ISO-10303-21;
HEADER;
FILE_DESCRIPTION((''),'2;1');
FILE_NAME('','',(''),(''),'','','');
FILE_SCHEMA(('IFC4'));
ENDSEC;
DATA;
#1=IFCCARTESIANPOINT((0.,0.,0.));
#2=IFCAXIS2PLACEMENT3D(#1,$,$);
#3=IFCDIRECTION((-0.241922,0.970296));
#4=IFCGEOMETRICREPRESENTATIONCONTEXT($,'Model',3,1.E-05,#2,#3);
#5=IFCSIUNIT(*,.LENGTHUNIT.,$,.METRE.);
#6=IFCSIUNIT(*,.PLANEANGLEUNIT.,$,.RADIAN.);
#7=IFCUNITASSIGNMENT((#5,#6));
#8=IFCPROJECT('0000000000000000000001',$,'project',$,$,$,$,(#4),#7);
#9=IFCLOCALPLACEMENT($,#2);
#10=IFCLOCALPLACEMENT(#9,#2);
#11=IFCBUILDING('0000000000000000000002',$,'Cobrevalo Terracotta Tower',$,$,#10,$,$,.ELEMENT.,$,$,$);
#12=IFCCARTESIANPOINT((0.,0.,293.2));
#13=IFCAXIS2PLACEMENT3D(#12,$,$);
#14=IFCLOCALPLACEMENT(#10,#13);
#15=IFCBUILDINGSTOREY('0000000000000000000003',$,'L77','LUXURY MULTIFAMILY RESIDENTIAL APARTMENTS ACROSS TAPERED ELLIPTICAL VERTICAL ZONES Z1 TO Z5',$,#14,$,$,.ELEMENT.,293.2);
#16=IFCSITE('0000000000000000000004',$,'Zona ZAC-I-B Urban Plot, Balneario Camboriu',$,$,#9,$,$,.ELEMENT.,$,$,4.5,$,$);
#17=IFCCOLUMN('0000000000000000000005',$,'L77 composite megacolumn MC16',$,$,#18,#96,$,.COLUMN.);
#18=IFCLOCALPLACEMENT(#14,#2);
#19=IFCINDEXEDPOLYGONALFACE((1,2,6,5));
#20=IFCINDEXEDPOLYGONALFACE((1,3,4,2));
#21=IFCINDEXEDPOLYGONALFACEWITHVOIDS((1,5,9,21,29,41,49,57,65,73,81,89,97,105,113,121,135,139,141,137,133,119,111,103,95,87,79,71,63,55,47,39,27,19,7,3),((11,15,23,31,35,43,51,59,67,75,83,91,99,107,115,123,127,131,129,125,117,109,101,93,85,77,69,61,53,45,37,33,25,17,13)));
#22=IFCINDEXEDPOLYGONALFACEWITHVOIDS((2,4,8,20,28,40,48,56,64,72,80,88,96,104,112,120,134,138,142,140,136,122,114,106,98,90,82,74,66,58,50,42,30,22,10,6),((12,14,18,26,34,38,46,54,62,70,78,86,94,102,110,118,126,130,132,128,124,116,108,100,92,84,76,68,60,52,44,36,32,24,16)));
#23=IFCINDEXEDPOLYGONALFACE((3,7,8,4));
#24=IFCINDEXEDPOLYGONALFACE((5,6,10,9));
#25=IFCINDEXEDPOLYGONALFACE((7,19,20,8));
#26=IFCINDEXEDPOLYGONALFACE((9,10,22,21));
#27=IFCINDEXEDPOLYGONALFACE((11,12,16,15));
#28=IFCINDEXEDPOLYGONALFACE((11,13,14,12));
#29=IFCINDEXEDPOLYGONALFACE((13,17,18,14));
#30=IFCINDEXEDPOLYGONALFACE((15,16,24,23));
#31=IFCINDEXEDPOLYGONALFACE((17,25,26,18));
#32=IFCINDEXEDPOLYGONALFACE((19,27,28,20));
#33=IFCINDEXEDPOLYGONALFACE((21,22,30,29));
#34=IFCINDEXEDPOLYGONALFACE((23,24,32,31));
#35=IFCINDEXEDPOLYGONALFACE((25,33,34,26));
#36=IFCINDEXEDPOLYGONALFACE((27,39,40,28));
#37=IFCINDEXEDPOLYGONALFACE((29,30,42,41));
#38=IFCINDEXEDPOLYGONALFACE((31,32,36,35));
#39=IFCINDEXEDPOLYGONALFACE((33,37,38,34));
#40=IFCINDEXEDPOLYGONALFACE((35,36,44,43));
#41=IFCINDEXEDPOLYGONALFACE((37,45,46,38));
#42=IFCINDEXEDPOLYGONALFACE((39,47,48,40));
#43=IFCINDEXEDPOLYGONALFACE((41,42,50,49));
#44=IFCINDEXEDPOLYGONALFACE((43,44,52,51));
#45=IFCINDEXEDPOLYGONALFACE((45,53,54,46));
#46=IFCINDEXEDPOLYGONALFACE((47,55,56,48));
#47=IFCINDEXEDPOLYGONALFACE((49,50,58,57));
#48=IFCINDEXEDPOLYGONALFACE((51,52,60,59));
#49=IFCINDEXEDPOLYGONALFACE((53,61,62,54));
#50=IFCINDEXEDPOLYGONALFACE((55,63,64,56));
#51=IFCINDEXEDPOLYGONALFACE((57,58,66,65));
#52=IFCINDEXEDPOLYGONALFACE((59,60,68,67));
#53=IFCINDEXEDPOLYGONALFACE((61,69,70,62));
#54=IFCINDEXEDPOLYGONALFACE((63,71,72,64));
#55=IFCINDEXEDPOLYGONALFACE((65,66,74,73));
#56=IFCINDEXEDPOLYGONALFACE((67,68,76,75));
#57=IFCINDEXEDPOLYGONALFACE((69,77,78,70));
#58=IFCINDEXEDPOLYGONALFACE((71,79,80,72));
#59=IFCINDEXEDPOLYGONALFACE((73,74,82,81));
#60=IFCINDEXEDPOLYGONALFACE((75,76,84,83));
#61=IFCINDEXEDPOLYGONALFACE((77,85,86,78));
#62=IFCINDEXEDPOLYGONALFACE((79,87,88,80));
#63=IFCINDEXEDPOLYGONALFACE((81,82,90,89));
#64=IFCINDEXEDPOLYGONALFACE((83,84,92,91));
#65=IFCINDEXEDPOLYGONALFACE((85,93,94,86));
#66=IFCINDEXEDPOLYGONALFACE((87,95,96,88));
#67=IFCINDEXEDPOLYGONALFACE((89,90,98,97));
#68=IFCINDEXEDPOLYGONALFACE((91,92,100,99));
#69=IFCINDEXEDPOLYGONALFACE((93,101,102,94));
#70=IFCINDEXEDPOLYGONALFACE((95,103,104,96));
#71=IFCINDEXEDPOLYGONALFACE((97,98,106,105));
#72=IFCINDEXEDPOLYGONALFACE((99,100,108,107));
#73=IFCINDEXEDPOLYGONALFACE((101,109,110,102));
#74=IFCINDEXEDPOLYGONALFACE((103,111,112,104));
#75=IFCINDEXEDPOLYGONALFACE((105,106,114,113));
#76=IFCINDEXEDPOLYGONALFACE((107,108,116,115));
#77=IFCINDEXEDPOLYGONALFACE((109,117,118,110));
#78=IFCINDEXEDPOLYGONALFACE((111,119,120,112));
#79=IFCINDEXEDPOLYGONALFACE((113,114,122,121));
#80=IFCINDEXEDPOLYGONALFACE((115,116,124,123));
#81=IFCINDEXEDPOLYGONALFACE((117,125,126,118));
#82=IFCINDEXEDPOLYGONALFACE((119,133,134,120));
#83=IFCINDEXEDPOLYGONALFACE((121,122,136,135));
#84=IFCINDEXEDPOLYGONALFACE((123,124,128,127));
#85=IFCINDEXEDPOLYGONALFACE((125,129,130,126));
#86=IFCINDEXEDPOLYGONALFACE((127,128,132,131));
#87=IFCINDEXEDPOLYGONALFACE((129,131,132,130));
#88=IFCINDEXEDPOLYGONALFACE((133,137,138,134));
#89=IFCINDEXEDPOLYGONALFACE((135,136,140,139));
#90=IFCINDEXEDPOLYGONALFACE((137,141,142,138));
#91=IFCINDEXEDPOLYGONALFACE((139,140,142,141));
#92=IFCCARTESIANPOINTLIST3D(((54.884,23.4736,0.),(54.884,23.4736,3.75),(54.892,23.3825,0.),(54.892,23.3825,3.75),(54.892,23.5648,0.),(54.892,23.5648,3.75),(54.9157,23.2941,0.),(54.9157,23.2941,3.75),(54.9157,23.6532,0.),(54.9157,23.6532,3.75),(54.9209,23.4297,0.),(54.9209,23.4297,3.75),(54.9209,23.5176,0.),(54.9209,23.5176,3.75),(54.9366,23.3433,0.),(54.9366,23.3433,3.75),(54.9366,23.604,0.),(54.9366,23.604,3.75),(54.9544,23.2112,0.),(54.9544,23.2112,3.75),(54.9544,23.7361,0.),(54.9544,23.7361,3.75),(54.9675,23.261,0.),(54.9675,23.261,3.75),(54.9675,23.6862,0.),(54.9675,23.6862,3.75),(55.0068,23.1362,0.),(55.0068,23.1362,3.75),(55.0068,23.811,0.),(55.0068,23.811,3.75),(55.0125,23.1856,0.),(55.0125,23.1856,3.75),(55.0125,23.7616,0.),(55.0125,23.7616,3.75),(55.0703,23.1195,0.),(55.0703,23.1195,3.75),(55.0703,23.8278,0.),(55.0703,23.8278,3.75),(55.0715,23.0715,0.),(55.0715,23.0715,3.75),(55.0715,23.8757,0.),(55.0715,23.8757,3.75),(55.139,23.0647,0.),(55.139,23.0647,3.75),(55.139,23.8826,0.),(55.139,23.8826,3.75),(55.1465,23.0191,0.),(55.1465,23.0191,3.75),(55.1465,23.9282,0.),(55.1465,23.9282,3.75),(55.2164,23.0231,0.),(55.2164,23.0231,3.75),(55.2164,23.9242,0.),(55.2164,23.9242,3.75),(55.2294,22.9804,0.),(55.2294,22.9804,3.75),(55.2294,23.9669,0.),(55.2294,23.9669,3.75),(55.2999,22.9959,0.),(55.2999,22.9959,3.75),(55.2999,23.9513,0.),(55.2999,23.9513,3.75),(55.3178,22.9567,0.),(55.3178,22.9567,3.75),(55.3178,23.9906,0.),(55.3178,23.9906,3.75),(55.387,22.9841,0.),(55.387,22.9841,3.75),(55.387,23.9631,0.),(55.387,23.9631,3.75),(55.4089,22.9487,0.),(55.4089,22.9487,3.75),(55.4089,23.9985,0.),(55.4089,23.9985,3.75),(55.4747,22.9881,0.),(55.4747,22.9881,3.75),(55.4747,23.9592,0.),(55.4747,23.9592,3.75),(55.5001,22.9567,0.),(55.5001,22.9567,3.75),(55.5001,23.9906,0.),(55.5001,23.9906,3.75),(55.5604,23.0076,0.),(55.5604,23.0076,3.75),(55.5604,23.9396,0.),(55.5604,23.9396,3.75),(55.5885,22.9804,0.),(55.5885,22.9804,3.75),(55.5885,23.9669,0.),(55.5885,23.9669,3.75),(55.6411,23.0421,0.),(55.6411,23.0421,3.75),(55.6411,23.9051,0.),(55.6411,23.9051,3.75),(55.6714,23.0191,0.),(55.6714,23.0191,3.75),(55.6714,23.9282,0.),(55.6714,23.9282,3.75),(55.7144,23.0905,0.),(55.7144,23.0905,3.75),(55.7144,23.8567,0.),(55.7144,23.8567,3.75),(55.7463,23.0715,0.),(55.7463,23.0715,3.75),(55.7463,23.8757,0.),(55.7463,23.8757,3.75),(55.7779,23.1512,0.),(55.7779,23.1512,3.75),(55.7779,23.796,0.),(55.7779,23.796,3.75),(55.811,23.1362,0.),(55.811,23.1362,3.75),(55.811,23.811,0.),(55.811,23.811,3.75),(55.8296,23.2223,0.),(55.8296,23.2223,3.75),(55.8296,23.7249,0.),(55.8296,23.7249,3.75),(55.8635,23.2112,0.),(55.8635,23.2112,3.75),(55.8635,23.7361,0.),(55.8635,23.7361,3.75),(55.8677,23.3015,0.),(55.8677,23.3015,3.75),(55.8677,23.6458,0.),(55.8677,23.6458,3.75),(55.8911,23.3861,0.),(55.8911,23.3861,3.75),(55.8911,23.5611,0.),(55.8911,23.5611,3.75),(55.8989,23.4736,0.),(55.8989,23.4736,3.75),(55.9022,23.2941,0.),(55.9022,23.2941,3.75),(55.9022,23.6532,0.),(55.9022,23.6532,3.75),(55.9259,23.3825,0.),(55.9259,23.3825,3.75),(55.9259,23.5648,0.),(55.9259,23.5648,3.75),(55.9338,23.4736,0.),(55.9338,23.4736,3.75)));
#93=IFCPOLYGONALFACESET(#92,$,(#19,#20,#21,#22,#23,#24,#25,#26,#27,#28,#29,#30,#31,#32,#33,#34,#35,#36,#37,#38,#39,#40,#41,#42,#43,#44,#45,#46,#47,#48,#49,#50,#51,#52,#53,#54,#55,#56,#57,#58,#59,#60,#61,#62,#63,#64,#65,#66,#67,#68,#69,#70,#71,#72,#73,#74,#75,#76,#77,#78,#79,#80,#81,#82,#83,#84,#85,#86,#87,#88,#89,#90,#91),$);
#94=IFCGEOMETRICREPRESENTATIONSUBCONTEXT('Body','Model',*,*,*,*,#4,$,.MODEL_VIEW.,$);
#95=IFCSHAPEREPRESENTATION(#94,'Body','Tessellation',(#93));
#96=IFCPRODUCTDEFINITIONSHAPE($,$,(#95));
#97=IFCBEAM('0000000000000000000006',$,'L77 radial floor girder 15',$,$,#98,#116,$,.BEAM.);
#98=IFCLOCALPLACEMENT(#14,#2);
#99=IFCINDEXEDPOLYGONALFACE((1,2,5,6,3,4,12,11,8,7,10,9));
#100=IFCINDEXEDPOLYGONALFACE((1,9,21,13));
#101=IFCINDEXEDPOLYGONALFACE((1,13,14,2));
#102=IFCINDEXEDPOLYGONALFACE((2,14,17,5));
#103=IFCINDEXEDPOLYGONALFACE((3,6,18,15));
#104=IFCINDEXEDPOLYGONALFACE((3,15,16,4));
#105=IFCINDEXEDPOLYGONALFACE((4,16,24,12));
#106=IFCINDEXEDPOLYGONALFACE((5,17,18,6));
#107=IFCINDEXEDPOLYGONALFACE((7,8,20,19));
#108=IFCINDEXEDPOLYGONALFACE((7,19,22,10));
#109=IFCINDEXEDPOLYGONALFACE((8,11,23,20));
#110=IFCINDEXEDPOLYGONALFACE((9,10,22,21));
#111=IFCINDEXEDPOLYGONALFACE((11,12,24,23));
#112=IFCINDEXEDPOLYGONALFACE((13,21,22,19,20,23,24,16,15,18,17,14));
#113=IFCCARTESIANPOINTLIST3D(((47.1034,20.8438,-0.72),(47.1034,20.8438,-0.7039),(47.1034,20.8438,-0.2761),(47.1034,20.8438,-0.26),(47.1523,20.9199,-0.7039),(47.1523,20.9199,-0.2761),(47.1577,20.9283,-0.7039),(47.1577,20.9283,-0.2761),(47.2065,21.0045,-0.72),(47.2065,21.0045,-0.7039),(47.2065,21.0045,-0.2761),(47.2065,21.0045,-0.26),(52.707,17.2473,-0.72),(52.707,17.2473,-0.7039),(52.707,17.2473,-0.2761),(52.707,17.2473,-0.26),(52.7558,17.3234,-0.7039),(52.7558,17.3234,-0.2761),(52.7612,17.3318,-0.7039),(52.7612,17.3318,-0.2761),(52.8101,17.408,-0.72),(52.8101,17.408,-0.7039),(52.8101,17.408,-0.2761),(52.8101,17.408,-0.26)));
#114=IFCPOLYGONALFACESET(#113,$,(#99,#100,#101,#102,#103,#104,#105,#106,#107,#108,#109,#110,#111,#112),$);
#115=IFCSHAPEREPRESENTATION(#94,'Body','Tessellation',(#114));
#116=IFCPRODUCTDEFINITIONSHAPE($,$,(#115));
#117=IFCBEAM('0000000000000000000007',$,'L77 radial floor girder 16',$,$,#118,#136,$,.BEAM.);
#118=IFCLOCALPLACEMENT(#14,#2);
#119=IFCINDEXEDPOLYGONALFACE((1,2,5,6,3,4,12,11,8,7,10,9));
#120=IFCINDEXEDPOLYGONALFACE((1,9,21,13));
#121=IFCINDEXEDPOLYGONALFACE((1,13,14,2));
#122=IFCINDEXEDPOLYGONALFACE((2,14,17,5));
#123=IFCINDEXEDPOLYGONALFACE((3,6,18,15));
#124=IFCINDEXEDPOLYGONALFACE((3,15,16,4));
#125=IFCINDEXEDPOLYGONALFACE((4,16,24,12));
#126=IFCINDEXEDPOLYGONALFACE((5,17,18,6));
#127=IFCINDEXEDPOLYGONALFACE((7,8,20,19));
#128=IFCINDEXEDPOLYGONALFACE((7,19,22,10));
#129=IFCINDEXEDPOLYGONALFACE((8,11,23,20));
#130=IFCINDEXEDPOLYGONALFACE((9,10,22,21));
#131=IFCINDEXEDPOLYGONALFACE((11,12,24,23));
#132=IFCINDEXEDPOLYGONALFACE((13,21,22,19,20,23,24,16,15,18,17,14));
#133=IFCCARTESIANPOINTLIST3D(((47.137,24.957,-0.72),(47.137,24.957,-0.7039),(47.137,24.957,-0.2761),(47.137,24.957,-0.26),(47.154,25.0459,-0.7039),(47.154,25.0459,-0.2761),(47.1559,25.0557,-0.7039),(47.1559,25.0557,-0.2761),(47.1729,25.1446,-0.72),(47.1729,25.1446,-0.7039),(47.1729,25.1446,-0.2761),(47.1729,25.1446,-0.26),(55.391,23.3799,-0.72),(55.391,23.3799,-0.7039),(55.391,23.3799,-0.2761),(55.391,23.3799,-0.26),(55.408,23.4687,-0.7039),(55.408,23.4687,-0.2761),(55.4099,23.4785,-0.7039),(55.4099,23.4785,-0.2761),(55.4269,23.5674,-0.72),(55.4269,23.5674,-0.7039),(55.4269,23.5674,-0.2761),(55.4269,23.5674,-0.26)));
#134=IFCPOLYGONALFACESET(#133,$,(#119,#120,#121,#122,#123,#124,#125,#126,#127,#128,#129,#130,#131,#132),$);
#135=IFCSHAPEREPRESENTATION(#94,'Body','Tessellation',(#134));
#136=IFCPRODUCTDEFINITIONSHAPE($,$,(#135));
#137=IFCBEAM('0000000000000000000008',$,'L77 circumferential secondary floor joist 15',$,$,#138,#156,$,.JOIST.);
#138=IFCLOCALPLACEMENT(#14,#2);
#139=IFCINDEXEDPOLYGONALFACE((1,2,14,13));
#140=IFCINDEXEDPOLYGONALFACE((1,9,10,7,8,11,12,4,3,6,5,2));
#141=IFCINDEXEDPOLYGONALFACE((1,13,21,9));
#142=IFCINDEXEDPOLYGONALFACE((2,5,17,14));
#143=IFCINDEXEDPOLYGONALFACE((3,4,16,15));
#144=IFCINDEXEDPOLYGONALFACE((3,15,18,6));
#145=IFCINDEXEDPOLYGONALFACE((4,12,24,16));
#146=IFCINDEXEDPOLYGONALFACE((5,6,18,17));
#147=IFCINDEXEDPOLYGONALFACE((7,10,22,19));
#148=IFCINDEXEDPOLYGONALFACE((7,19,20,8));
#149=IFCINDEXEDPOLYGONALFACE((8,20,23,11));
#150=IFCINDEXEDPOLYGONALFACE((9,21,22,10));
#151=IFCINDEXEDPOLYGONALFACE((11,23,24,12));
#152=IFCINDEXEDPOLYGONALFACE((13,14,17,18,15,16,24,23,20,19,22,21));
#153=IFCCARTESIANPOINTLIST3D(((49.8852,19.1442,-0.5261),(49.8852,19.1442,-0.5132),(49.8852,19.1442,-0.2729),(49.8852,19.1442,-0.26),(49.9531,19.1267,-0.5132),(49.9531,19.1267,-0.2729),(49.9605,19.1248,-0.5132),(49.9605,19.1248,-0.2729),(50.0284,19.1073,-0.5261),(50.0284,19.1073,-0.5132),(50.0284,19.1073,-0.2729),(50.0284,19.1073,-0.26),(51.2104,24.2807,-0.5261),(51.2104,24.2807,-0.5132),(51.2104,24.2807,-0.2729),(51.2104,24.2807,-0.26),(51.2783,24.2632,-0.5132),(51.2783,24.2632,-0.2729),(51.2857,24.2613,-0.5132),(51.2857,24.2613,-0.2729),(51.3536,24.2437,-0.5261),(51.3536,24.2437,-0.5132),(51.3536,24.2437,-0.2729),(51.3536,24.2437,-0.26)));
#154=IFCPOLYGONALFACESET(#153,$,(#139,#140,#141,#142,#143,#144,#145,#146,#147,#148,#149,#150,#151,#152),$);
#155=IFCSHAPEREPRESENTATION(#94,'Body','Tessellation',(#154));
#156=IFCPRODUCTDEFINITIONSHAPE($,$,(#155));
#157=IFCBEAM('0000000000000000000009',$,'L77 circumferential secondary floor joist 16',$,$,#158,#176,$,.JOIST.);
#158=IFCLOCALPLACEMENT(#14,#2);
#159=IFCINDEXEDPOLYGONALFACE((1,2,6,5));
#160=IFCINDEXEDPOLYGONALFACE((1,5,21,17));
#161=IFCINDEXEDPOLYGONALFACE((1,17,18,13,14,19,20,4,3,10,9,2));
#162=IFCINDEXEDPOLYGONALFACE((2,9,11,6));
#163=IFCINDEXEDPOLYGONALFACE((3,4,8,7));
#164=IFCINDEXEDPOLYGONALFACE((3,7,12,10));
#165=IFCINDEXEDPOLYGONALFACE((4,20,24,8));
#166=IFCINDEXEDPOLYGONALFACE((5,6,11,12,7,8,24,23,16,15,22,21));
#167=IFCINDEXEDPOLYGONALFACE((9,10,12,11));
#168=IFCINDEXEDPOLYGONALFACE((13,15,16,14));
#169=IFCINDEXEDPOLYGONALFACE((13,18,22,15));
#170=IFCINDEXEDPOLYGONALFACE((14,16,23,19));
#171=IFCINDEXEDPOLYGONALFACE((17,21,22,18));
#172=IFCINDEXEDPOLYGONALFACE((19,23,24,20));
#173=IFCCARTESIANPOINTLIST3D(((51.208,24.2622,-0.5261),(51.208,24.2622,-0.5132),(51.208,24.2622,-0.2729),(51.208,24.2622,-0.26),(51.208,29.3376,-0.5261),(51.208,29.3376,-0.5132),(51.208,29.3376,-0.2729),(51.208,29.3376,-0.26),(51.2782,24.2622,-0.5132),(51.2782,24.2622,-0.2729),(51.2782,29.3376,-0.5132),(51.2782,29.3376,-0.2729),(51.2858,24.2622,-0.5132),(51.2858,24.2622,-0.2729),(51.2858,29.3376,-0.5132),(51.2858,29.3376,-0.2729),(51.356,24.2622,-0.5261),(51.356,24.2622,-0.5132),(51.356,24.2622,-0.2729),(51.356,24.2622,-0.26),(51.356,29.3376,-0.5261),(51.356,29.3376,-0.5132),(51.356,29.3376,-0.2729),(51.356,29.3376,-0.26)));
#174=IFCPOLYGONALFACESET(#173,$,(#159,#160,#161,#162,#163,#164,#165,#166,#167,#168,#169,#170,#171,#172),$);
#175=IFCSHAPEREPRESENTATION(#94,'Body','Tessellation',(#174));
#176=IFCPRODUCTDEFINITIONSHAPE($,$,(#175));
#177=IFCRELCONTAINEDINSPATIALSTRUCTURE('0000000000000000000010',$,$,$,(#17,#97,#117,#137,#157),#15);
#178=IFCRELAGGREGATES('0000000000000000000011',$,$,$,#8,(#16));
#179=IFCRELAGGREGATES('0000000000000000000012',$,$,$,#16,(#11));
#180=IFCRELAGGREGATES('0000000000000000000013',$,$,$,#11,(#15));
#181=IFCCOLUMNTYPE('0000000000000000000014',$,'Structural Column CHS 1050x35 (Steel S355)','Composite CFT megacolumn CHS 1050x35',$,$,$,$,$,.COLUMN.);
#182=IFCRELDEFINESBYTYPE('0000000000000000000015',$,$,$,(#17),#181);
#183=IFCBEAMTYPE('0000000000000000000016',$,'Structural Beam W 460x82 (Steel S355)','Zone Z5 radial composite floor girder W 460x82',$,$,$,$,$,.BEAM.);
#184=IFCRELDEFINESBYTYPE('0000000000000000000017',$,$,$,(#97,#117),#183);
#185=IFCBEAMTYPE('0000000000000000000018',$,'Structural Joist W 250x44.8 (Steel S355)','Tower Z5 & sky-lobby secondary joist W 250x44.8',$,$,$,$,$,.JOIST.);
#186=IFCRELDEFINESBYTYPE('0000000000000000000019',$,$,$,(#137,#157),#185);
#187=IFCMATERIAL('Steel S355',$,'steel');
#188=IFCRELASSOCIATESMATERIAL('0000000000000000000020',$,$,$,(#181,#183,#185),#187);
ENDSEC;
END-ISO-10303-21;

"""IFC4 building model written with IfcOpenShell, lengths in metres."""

from ifc_helpers import new_model, si_unit, direction, frame, origin, origin_2d, place, context, subcontext, project, spatial, hollow_circle, i_section, extrude, material, material_profile, profile_set, type_object, element, save


model = new_model("IFC4")

# Units and contexts
model_context = context("Model", 3, precision=1e-05, world=origin(), true_north=direction((-0.241922, 0.970296)))
body_context = subcontext(model_context, "Body", "Model", "MODEL_VIEW")
ifc_project = project(units=[si_unit("LENGTHUNIT", "METRE"), si_unit("PLANEANGLEUNIT", "RADIAN")], contexts=[model_context])

# Site, building, storey
site_placement = place(None, origin())
site = spatial("IfcSite", under=ifc_project, at=site_placement, Name="Zona ZAC-I-B Urban Plot, Balneario Camboriu", CompositionType="ELEMENT", RefElevation=4.5)
building_placement = place(site_placement, origin())
building = spatial("IfcBuilding", under=site, at=building_placement, Name="Cobrevalo Terracotta Tower", CompositionType="ELEMENT")
storey_placement = place(building_placement, frame((0.0, 0.0, 293.2)))
storey = spatial("IfcBuildingStorey", under=building, at=storey_placement, Name="L77", Description="LUXURY MULTIFAMILY RESIDENTIAL APARTMENTS ACROSS TAPERED ELLIPTICAL VERTICAL ZONES Z1 TO Z5", CompositionType="ELEMENT", Elevation=293.2)

# Column
ifc_material_1 = material(Name="Steel S355", Category="steel")
ifc_material_profile_1 = material_profile(ifc_material_1, hollow_circle(Radius=0.5249, WallThickness=0.0349, at=origin_2d()), Name="CHS 1050x35")
ifc_profile_set_1 = profile_set([ifc_material_profile_1], Name="Steel S355")
column_type = type_object("IfcColumnType", Name="Structural Column CHS 1050x35 (Steel S355)", Description="Composite CFT megacolumn CHS 1050x35", PredefinedType="COLUMN", material=ifc_profile_set_1)
column_placement = place(storey_placement, frame((55.4089, 23.4736, 0.0), z_axis=(0.0, 0.0, 1.0), x_axis=(1.0, 0.0, 0.0)))
element("IfcColumn", 1, at=column_placement, inside=storey, type_object=column_type, Name="L77 composite megacolumn MC16", PredefinedType="COLUMN", context=body_context, shape_type="SweptSolid", body=[
    extrude(hollow_circle(Radius=0.5249, WallThickness=0.0349, at=origin_2d()), origin(), (0.0, 0.0, 1.0), 3.75),
])

# Beams
ifc_material_profile_2 = material_profile(ifc_material_1, i_section(OverallWidth=0.1909, OverallDepth=0.46, WebThickness=0.01, FlangeThickness=0.0161, at=origin_2d()), Name="W 460x82")
ifc_profile_set_2 = profile_set([ifc_material_profile_2], Name="Steel S355")
beam_type_1 = type_object("IfcBeamType", Name="Structural Beam W 460x82 (Steel S355)", Description="Zone Z5 radial composite floor girder W 460x82", PredefinedType="BEAM", material=ifc_profile_set_2)
beam_1_placement = place(storey_placement, frame((52.7585, 17.3276, -0.49), z_axis=(-0.841576, 0.540138, 0.0), x_axis=(-0.540138, -0.841576, 0.0)))
element("IfcBeam", 2, at=beam_1_placement, inside=storey, type_object=beam_type_1, Name="L77 radial floor girder 15", PredefinedType="BEAM", context=body_context, shape_type="SweptSolid", body=[
    extrude(i_section(OverallWidth=0.1909, OverallDepth=0.46, WebThickness=0.01, FlangeThickness=0.0161, at=origin_2d()), origin(), (0.0, 0.0, 1.0), 6.6584),
])
beam_2_placement = place(storey_placement, frame((55.4089, 23.4736, -0.49), z_axis=(-0.98223, 0.187683, 0.0), x_axis=(-0.187683, -0.98223, 0.0)))
element("IfcBeam", 3, at=beam_2_placement, inside=storey, type_object=beam_type_1, Name="L77 radial floor girder 16", PredefinedType="BEAM", context=body_context, shape_type="SweptSolid", body=[
    extrude(i_section(OverallWidth=0.1909, OverallDepth=0.46, WebThickness=0.01, FlangeThickness=0.0161, at=origin_2d()), origin(), (0.0, 0.0, 1.0), 8.4033),
])
ifc_material_profile_3 = material_profile(ifc_material_1, i_section(OverallWidth=0.1479, OverallDepth=0.2661, WebThickness=0.0076, FlangeThickness=0.0129, at=origin_2d()), Name="W 250x44.8")
ifc_profile_set_3 = profile_set([ifc_material_profile_3], Name="Steel S355")
beam_type_2 = type_object("IfcBeamType", Name="Structural Joist W 250x44.8 (Steel S355)", Description="Tower Z5 & sky-lobby secondary joist W 250x44.8", PredefinedType="JOIST", material=ifc_profile_set_3)
beam_3_placement = place(storey_placement, frame((49.9568, 19.1257, -0.3931), z_axis=(0.249817, 0.968293, 0.0), x_axis=(-0.968293, 0.249817, 0.0)))
element("IfcBeam", 4, at=beam_3_placement, inside=storey, type_object=beam_type_2, Name="L77 circumferential secondary floor joist 15", PredefinedType="JOIST", context=body_context, shape_type="SweptSolid", body=[
    extrude(i_section(OverallWidth=0.1479, OverallDepth=0.2661, WebThickness=0.0076, FlangeThickness=0.0129, at=origin_2d()), origin(), (0.0, 0.0, 1.0), 5.3047),
])
beam_4_placement = place(storey_placement, frame((51.282, 24.2622, -0.3931), z_axis=(0.0, 1.0, 0.0), x_axis=(-1.0, 0.0, 0.0)))
element("IfcBeam", 5, at=beam_4_placement, inside=storey, type_object=beam_type_2, Name="L77 circumferential secondary floor joist 16", PredefinedType="JOIST", context=body_context, shape_type="SweptSolid", body=[
    extrude(i_section(OverallWidth=0.1479, OverallDepth=0.2661, WebThickness=0.0076, FlangeThickness=0.0129, at=origin_2d()), origin(), (0.0, 0.0, 1.0), 5.0754),
])

save(model, "model.ifc")
